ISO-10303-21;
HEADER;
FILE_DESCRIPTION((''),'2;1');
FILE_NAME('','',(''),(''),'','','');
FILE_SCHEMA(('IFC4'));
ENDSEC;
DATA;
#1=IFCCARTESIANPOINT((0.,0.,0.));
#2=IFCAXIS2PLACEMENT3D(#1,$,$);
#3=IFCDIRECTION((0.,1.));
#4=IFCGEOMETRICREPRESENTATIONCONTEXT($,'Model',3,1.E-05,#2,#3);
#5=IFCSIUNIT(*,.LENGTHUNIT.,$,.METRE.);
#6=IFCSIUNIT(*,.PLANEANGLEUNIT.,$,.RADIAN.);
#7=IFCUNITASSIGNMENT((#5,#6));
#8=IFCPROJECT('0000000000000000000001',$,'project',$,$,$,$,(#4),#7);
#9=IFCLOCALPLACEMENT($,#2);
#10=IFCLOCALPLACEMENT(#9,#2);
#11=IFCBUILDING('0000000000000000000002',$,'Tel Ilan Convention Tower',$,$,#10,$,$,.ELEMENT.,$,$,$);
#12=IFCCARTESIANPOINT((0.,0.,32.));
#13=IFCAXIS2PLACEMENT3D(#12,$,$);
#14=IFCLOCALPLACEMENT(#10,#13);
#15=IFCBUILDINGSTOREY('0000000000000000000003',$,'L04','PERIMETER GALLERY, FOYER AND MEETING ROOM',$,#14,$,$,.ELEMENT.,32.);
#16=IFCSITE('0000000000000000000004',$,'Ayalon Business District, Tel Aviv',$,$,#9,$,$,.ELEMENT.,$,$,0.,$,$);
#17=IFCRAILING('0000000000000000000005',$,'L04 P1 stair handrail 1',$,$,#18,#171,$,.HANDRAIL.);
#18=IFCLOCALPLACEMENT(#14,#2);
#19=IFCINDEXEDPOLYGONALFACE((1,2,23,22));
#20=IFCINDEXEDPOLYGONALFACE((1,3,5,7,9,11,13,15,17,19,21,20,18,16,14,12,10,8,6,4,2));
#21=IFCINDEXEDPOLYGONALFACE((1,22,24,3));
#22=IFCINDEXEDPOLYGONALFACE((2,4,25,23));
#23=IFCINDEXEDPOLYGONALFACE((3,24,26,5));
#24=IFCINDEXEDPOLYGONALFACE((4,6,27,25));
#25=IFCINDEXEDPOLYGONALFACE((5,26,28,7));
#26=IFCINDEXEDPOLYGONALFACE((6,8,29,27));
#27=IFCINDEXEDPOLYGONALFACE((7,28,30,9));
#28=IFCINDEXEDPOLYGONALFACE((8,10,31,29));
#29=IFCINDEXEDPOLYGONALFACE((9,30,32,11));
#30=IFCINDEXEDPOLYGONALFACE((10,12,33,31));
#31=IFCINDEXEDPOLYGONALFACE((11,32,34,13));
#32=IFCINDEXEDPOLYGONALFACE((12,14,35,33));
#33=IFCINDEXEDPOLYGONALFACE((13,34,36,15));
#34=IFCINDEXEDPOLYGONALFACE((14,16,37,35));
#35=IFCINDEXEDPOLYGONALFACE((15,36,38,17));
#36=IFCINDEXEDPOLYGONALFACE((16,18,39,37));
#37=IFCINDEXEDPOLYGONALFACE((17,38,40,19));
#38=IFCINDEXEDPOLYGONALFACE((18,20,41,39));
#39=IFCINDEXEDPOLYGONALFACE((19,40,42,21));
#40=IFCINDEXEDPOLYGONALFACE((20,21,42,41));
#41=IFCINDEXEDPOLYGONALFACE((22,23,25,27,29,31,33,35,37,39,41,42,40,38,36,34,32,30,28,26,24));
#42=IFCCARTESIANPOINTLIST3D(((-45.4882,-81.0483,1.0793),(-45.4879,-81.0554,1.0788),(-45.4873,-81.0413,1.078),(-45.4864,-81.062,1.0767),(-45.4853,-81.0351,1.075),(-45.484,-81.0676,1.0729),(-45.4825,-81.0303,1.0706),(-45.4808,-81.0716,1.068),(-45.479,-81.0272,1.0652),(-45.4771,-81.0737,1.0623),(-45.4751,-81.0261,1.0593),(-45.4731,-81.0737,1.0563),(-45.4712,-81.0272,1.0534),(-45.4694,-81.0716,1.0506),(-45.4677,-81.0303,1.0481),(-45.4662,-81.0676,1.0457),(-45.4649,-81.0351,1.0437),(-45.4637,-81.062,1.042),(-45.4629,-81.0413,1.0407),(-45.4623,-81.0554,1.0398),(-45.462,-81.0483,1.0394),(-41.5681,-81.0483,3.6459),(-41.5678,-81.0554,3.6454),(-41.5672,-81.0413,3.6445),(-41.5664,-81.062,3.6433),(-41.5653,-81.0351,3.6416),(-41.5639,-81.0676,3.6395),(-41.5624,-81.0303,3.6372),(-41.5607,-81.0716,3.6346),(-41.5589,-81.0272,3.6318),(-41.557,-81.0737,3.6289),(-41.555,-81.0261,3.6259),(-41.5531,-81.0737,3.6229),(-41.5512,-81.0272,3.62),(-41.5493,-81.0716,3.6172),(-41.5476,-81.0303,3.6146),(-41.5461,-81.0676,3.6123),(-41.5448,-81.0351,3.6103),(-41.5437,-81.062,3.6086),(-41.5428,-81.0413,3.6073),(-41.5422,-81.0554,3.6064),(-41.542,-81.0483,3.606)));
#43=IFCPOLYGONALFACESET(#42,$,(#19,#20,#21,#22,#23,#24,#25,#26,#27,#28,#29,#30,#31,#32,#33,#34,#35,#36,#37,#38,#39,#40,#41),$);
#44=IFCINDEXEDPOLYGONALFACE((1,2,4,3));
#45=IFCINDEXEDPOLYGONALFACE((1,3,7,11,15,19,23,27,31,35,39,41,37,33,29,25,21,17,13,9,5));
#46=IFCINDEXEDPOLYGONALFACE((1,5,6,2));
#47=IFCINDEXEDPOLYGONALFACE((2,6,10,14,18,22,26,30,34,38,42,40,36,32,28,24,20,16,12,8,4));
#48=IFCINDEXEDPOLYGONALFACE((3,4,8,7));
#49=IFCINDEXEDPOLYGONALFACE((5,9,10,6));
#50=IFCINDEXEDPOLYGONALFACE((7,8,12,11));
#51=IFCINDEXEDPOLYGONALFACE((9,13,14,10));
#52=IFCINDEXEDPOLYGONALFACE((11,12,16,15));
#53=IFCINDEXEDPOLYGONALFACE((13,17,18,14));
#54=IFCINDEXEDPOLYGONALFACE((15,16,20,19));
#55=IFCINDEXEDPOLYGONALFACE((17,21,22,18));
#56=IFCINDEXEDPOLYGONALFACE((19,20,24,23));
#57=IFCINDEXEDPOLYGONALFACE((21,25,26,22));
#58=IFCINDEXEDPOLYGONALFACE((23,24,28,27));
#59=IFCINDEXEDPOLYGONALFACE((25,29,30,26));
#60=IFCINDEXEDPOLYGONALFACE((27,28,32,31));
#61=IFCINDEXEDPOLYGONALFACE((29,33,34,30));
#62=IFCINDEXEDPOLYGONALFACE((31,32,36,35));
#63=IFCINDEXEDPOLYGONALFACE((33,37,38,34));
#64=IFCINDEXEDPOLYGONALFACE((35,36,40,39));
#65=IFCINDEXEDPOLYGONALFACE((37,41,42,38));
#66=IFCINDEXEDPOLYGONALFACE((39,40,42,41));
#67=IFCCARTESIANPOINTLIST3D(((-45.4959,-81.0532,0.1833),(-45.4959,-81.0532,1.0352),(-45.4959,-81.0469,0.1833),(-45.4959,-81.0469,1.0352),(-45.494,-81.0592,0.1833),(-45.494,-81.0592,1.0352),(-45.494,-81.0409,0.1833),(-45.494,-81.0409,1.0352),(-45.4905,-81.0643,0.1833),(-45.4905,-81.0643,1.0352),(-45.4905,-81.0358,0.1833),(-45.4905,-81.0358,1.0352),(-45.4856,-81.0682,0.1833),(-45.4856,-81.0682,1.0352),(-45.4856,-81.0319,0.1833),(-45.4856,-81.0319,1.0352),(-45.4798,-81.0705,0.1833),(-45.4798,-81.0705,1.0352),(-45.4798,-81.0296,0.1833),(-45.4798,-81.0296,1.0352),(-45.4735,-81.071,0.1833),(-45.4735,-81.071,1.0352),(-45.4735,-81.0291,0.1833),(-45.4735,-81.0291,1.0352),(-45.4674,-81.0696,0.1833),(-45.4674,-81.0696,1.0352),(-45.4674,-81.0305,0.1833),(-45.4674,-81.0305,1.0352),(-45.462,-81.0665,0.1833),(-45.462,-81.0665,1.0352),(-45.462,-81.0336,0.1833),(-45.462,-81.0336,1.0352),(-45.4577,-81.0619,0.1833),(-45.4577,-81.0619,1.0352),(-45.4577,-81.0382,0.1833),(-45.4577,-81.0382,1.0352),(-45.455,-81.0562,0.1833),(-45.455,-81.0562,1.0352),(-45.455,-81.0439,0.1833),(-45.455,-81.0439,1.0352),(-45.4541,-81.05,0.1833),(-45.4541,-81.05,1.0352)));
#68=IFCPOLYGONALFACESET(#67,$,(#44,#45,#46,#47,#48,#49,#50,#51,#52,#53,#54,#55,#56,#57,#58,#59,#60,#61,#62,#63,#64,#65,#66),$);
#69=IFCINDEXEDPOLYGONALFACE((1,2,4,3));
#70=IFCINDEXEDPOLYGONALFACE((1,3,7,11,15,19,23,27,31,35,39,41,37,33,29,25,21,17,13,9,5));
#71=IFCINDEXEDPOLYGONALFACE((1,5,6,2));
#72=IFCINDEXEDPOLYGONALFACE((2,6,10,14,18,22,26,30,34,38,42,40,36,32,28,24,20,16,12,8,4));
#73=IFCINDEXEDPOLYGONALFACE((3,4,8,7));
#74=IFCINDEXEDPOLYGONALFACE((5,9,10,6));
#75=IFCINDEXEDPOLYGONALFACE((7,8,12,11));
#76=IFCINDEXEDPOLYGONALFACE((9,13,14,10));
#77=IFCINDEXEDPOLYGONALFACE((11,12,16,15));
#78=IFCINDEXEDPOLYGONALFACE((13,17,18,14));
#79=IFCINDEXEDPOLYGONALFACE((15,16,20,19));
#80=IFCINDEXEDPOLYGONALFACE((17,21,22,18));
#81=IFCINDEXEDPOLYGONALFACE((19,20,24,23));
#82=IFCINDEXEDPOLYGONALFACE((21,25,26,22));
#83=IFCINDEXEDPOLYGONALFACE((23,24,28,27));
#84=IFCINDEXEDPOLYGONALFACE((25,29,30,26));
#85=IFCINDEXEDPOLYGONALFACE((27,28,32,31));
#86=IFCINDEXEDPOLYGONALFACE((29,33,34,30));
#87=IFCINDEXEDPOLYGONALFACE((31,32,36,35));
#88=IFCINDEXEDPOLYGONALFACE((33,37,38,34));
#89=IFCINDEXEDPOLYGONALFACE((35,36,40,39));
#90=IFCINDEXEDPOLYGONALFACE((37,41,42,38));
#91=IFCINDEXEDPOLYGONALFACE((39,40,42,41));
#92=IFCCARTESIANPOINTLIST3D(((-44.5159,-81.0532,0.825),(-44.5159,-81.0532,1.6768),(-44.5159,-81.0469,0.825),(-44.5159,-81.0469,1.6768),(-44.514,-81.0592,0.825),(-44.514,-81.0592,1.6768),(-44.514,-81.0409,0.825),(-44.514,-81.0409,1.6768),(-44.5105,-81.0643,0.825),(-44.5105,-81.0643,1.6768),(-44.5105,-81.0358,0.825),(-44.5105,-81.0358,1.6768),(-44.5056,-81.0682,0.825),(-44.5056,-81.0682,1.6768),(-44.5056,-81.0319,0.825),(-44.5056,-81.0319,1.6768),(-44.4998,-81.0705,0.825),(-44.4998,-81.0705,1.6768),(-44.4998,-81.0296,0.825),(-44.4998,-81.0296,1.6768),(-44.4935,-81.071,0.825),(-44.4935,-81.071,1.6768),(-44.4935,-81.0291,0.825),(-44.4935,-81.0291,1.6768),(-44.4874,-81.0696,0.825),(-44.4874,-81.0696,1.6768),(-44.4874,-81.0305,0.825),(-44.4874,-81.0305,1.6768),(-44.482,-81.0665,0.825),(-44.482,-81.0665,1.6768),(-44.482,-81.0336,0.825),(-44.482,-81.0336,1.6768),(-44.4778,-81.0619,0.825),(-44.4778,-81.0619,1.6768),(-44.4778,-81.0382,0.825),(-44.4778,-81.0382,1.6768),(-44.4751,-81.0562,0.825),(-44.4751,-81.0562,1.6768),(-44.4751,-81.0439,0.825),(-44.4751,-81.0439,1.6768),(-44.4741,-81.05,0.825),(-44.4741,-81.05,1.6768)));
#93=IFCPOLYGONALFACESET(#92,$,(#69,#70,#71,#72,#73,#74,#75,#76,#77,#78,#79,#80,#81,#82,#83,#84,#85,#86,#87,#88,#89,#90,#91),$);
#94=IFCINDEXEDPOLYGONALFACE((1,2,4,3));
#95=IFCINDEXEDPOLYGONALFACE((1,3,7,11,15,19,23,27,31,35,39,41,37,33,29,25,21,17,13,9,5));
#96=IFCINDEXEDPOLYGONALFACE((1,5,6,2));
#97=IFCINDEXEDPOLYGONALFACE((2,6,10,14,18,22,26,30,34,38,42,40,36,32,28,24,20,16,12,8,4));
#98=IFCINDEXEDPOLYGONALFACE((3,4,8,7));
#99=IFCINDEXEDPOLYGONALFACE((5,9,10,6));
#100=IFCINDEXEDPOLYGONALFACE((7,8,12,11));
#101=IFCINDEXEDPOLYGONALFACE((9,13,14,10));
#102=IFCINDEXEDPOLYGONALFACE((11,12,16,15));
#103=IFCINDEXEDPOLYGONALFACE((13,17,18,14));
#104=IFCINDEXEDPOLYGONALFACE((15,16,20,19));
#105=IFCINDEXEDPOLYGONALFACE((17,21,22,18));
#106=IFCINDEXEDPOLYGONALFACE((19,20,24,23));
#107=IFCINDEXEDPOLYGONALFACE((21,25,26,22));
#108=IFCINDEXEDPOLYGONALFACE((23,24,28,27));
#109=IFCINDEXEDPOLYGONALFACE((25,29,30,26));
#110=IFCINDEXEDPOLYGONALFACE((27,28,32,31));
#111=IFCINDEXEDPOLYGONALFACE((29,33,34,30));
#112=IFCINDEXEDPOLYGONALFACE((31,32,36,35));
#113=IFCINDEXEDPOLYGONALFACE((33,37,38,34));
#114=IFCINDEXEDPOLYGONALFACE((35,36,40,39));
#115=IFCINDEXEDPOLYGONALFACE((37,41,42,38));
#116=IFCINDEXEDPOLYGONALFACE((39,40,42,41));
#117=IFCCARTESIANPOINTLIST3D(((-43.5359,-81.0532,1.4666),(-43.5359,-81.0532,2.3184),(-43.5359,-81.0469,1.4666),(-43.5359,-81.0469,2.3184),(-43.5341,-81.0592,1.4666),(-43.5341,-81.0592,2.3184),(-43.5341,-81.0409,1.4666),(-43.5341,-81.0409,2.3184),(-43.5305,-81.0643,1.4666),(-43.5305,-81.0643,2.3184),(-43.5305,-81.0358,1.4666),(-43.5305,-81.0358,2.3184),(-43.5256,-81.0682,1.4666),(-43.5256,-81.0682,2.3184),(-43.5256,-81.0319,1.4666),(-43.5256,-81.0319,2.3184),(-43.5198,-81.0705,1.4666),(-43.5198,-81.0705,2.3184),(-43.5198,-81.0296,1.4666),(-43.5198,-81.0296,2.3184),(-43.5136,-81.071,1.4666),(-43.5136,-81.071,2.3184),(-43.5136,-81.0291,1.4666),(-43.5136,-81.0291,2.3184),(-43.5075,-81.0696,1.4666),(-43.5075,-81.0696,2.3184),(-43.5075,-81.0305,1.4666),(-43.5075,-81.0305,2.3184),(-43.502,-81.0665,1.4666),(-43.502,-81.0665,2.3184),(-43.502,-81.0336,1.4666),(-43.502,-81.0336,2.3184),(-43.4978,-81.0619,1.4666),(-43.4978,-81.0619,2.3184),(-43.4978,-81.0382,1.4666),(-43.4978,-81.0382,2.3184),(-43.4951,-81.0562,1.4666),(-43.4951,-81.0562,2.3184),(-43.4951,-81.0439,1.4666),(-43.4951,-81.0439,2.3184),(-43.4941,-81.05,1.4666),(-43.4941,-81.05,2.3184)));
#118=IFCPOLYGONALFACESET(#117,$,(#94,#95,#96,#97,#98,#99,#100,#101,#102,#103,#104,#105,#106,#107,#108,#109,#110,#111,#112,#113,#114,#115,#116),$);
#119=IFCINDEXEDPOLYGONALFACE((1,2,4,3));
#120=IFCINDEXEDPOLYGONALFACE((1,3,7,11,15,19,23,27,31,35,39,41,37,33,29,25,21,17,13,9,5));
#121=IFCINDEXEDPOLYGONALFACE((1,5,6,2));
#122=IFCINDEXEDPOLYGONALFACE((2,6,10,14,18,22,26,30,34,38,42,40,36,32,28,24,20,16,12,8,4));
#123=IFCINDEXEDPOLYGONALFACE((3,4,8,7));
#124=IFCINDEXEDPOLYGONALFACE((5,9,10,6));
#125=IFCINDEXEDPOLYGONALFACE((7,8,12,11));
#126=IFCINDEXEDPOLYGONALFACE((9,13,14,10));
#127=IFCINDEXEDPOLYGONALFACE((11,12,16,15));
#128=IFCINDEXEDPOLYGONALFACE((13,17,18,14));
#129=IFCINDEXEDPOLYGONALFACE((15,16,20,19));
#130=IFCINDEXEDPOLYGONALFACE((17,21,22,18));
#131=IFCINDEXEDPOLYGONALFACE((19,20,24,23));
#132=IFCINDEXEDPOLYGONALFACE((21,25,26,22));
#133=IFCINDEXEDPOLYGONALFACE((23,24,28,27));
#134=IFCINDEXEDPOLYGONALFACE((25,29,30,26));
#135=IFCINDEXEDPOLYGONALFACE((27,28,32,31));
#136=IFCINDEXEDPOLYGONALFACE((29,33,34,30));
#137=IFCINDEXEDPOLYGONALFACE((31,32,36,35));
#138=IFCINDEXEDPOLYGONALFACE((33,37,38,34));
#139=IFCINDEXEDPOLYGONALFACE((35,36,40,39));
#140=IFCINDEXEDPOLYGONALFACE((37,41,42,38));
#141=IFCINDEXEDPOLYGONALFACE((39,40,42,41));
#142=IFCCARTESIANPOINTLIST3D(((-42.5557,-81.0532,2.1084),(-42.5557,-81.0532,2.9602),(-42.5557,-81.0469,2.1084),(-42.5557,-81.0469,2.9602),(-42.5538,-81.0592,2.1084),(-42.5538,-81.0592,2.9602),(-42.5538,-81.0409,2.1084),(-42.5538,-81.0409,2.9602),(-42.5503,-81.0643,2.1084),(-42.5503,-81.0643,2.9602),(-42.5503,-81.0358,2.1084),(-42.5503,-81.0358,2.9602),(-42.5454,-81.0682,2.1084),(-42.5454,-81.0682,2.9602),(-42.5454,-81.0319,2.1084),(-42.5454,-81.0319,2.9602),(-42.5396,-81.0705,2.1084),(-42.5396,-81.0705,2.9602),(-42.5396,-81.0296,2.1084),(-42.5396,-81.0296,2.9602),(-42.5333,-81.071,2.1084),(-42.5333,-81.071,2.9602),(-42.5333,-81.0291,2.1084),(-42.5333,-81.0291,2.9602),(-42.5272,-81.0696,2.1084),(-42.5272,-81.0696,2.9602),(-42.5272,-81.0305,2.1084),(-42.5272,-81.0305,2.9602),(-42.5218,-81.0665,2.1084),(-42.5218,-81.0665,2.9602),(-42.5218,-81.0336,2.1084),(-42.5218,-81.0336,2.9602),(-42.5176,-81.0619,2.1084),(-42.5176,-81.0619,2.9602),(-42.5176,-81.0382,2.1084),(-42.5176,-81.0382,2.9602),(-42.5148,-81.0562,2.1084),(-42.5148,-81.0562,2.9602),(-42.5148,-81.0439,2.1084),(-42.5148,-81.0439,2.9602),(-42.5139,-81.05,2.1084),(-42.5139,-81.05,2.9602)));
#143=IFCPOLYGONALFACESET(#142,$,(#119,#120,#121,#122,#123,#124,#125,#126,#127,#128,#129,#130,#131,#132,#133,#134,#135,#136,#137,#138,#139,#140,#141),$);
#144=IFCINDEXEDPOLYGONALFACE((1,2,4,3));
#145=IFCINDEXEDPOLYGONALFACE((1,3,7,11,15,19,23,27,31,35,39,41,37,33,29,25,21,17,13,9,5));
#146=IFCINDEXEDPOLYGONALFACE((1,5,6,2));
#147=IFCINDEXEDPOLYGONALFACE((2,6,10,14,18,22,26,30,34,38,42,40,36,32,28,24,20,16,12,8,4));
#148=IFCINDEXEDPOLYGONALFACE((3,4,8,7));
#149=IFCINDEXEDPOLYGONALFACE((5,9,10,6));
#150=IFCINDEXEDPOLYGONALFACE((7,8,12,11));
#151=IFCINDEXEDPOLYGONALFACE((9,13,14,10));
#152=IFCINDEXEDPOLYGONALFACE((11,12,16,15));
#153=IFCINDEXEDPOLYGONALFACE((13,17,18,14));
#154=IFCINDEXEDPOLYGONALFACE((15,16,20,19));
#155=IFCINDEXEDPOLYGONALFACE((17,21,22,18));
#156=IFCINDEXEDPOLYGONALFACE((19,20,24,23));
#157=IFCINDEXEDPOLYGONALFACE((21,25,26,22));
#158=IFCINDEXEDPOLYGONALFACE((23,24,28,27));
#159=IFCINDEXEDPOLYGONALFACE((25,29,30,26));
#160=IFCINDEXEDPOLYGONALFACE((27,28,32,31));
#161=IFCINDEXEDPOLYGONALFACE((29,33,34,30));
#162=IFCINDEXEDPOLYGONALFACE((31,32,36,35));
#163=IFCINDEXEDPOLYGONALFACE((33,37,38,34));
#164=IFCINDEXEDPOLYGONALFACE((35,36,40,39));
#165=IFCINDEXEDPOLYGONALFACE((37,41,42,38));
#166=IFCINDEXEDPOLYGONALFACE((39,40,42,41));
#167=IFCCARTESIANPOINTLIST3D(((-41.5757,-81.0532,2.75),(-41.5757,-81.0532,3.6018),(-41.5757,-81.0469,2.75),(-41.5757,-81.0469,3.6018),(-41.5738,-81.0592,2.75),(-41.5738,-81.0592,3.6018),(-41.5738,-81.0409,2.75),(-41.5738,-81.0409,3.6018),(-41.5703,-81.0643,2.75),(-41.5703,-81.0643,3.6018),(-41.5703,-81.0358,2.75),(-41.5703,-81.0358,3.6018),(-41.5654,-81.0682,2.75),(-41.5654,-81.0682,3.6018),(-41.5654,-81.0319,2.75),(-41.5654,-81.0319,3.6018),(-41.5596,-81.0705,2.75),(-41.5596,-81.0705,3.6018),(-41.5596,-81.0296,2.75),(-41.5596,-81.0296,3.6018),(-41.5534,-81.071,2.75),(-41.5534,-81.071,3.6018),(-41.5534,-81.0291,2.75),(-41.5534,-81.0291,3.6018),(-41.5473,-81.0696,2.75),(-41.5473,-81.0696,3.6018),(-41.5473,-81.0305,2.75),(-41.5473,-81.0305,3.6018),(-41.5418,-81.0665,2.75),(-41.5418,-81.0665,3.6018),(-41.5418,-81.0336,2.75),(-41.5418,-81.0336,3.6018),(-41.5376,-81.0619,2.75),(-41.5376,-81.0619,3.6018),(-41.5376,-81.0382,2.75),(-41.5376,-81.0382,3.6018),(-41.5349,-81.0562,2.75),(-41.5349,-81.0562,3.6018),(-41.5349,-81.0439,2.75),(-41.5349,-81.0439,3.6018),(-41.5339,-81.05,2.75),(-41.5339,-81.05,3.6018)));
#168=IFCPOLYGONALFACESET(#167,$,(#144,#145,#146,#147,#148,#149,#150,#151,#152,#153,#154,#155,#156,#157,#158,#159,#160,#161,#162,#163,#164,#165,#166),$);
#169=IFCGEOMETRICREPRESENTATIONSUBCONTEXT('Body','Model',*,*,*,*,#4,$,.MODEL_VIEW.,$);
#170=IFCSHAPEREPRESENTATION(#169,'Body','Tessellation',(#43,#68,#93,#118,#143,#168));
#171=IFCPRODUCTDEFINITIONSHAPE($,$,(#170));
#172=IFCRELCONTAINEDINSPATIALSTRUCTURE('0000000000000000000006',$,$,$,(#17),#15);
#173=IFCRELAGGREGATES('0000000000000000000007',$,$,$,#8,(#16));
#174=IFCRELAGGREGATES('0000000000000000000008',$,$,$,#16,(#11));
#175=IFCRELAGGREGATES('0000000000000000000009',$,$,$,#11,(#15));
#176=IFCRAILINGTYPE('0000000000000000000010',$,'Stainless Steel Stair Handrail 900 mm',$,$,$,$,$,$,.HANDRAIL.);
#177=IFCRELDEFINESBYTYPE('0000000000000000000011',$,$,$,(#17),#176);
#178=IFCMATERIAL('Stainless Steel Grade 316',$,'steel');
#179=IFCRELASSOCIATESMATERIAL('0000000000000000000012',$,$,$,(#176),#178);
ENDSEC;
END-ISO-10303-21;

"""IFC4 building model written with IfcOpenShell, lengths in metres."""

from ifc_helpers import new_model, si_unit, direction, frame, origin, origin_2d, place, context, subcontext, project, spatial, circle, extrude, material, type_object, element, save


model = new_model("IFC4")

# Units and contexts
model_context = context("Model", 3, precision=1e-05, world=origin(), true_north=direction((0.0, 1.0)))
body_context = subcontext(model_context, "Body", "Model", "MODEL_VIEW")
ifc_project = project(units=[si_unit("LENGTHUNIT", "METRE"), si_unit("PLANEANGLEUNIT", "RADIAN")], contexts=[model_context])

# Site, building, storey
site_placement = place(None, origin())
site = spatial("IfcSite", under=ifc_project, at=site_placement, Name="Ayalon Business District, Tel Aviv", CompositionType="ELEMENT", RefElevation=0.0)
building_placement = place(site_placement, origin())
building = spatial("IfcBuilding", under=site, at=building_placement, Name="Tel Ilan Convention Tower", CompositionType="ELEMENT")
storey_placement = place(building_placement, frame((0.0, 0.0, 32.0)))
storey = spatial("IfcBuildingStorey", under=building, at=storey_placement, Name="L04", Description="PERIMETER GALLERY, FOYER AND MEETING ROOM", CompositionType="ELEMENT", Elevation=32.0)

# Railing
ifc_material_1 = material(Name="Stainless Steel Grade 316", Category="steel")
railing_type_1 = type_object("IfcRailingType", Name="Stainless Steel Stair Handrail 900 mm", PredefinedType="HANDRAIL", material=ifc_material_1)
railing_1_placement = place(storey_placement, frame((-45.4751, -81.05, 0.1833)))
element("IfcRailing", 1, at=railing_1_placement, inside=storey, type_object=railing_type_1, Name="L04 P1 stair handrail 1", PredefinedType="HANDRAIL", context=body_context, shape_type="SweptSolid", body=[
    extrude(circle(Radius=0.0239, at=origin_2d()), frame((0.0, 0.0, 0.876), z_axis=(0.836631, 0.0, 0.547767), x_axis=(0.0, 1.0, 0.0)), (0.0, 0.0, 1.0), 4.6855),
    extrude(circle(Radius=0.021, at=origin_2d()), origin(), (0.0, 0.0, 1.0), 0.8518),
    extrude(circle(Radius=0.021, at=origin_2d()), frame((0.98, 0.0, 0.6416)), (0.0, 0.0, 1.0), 0.8518),
    extrude(circle(Radius=0.021, at=origin_2d()), frame((1.96, 0.0, 1.2832)), (0.0, 0.0, 1.0), 0.8518),
    extrude(circle(Radius=0.021, at=origin_2d()), frame((2.9402, 0.0, 1.925)), (0.0, 0.0, 1.0), 0.8518),
    extrude(circle(Radius=0.021, at=origin_2d()), frame((3.9202, 0.0, 2.5667)), (0.0, 0.0, 1.0), 0.8518),
])

save(model, "model.ifc")
